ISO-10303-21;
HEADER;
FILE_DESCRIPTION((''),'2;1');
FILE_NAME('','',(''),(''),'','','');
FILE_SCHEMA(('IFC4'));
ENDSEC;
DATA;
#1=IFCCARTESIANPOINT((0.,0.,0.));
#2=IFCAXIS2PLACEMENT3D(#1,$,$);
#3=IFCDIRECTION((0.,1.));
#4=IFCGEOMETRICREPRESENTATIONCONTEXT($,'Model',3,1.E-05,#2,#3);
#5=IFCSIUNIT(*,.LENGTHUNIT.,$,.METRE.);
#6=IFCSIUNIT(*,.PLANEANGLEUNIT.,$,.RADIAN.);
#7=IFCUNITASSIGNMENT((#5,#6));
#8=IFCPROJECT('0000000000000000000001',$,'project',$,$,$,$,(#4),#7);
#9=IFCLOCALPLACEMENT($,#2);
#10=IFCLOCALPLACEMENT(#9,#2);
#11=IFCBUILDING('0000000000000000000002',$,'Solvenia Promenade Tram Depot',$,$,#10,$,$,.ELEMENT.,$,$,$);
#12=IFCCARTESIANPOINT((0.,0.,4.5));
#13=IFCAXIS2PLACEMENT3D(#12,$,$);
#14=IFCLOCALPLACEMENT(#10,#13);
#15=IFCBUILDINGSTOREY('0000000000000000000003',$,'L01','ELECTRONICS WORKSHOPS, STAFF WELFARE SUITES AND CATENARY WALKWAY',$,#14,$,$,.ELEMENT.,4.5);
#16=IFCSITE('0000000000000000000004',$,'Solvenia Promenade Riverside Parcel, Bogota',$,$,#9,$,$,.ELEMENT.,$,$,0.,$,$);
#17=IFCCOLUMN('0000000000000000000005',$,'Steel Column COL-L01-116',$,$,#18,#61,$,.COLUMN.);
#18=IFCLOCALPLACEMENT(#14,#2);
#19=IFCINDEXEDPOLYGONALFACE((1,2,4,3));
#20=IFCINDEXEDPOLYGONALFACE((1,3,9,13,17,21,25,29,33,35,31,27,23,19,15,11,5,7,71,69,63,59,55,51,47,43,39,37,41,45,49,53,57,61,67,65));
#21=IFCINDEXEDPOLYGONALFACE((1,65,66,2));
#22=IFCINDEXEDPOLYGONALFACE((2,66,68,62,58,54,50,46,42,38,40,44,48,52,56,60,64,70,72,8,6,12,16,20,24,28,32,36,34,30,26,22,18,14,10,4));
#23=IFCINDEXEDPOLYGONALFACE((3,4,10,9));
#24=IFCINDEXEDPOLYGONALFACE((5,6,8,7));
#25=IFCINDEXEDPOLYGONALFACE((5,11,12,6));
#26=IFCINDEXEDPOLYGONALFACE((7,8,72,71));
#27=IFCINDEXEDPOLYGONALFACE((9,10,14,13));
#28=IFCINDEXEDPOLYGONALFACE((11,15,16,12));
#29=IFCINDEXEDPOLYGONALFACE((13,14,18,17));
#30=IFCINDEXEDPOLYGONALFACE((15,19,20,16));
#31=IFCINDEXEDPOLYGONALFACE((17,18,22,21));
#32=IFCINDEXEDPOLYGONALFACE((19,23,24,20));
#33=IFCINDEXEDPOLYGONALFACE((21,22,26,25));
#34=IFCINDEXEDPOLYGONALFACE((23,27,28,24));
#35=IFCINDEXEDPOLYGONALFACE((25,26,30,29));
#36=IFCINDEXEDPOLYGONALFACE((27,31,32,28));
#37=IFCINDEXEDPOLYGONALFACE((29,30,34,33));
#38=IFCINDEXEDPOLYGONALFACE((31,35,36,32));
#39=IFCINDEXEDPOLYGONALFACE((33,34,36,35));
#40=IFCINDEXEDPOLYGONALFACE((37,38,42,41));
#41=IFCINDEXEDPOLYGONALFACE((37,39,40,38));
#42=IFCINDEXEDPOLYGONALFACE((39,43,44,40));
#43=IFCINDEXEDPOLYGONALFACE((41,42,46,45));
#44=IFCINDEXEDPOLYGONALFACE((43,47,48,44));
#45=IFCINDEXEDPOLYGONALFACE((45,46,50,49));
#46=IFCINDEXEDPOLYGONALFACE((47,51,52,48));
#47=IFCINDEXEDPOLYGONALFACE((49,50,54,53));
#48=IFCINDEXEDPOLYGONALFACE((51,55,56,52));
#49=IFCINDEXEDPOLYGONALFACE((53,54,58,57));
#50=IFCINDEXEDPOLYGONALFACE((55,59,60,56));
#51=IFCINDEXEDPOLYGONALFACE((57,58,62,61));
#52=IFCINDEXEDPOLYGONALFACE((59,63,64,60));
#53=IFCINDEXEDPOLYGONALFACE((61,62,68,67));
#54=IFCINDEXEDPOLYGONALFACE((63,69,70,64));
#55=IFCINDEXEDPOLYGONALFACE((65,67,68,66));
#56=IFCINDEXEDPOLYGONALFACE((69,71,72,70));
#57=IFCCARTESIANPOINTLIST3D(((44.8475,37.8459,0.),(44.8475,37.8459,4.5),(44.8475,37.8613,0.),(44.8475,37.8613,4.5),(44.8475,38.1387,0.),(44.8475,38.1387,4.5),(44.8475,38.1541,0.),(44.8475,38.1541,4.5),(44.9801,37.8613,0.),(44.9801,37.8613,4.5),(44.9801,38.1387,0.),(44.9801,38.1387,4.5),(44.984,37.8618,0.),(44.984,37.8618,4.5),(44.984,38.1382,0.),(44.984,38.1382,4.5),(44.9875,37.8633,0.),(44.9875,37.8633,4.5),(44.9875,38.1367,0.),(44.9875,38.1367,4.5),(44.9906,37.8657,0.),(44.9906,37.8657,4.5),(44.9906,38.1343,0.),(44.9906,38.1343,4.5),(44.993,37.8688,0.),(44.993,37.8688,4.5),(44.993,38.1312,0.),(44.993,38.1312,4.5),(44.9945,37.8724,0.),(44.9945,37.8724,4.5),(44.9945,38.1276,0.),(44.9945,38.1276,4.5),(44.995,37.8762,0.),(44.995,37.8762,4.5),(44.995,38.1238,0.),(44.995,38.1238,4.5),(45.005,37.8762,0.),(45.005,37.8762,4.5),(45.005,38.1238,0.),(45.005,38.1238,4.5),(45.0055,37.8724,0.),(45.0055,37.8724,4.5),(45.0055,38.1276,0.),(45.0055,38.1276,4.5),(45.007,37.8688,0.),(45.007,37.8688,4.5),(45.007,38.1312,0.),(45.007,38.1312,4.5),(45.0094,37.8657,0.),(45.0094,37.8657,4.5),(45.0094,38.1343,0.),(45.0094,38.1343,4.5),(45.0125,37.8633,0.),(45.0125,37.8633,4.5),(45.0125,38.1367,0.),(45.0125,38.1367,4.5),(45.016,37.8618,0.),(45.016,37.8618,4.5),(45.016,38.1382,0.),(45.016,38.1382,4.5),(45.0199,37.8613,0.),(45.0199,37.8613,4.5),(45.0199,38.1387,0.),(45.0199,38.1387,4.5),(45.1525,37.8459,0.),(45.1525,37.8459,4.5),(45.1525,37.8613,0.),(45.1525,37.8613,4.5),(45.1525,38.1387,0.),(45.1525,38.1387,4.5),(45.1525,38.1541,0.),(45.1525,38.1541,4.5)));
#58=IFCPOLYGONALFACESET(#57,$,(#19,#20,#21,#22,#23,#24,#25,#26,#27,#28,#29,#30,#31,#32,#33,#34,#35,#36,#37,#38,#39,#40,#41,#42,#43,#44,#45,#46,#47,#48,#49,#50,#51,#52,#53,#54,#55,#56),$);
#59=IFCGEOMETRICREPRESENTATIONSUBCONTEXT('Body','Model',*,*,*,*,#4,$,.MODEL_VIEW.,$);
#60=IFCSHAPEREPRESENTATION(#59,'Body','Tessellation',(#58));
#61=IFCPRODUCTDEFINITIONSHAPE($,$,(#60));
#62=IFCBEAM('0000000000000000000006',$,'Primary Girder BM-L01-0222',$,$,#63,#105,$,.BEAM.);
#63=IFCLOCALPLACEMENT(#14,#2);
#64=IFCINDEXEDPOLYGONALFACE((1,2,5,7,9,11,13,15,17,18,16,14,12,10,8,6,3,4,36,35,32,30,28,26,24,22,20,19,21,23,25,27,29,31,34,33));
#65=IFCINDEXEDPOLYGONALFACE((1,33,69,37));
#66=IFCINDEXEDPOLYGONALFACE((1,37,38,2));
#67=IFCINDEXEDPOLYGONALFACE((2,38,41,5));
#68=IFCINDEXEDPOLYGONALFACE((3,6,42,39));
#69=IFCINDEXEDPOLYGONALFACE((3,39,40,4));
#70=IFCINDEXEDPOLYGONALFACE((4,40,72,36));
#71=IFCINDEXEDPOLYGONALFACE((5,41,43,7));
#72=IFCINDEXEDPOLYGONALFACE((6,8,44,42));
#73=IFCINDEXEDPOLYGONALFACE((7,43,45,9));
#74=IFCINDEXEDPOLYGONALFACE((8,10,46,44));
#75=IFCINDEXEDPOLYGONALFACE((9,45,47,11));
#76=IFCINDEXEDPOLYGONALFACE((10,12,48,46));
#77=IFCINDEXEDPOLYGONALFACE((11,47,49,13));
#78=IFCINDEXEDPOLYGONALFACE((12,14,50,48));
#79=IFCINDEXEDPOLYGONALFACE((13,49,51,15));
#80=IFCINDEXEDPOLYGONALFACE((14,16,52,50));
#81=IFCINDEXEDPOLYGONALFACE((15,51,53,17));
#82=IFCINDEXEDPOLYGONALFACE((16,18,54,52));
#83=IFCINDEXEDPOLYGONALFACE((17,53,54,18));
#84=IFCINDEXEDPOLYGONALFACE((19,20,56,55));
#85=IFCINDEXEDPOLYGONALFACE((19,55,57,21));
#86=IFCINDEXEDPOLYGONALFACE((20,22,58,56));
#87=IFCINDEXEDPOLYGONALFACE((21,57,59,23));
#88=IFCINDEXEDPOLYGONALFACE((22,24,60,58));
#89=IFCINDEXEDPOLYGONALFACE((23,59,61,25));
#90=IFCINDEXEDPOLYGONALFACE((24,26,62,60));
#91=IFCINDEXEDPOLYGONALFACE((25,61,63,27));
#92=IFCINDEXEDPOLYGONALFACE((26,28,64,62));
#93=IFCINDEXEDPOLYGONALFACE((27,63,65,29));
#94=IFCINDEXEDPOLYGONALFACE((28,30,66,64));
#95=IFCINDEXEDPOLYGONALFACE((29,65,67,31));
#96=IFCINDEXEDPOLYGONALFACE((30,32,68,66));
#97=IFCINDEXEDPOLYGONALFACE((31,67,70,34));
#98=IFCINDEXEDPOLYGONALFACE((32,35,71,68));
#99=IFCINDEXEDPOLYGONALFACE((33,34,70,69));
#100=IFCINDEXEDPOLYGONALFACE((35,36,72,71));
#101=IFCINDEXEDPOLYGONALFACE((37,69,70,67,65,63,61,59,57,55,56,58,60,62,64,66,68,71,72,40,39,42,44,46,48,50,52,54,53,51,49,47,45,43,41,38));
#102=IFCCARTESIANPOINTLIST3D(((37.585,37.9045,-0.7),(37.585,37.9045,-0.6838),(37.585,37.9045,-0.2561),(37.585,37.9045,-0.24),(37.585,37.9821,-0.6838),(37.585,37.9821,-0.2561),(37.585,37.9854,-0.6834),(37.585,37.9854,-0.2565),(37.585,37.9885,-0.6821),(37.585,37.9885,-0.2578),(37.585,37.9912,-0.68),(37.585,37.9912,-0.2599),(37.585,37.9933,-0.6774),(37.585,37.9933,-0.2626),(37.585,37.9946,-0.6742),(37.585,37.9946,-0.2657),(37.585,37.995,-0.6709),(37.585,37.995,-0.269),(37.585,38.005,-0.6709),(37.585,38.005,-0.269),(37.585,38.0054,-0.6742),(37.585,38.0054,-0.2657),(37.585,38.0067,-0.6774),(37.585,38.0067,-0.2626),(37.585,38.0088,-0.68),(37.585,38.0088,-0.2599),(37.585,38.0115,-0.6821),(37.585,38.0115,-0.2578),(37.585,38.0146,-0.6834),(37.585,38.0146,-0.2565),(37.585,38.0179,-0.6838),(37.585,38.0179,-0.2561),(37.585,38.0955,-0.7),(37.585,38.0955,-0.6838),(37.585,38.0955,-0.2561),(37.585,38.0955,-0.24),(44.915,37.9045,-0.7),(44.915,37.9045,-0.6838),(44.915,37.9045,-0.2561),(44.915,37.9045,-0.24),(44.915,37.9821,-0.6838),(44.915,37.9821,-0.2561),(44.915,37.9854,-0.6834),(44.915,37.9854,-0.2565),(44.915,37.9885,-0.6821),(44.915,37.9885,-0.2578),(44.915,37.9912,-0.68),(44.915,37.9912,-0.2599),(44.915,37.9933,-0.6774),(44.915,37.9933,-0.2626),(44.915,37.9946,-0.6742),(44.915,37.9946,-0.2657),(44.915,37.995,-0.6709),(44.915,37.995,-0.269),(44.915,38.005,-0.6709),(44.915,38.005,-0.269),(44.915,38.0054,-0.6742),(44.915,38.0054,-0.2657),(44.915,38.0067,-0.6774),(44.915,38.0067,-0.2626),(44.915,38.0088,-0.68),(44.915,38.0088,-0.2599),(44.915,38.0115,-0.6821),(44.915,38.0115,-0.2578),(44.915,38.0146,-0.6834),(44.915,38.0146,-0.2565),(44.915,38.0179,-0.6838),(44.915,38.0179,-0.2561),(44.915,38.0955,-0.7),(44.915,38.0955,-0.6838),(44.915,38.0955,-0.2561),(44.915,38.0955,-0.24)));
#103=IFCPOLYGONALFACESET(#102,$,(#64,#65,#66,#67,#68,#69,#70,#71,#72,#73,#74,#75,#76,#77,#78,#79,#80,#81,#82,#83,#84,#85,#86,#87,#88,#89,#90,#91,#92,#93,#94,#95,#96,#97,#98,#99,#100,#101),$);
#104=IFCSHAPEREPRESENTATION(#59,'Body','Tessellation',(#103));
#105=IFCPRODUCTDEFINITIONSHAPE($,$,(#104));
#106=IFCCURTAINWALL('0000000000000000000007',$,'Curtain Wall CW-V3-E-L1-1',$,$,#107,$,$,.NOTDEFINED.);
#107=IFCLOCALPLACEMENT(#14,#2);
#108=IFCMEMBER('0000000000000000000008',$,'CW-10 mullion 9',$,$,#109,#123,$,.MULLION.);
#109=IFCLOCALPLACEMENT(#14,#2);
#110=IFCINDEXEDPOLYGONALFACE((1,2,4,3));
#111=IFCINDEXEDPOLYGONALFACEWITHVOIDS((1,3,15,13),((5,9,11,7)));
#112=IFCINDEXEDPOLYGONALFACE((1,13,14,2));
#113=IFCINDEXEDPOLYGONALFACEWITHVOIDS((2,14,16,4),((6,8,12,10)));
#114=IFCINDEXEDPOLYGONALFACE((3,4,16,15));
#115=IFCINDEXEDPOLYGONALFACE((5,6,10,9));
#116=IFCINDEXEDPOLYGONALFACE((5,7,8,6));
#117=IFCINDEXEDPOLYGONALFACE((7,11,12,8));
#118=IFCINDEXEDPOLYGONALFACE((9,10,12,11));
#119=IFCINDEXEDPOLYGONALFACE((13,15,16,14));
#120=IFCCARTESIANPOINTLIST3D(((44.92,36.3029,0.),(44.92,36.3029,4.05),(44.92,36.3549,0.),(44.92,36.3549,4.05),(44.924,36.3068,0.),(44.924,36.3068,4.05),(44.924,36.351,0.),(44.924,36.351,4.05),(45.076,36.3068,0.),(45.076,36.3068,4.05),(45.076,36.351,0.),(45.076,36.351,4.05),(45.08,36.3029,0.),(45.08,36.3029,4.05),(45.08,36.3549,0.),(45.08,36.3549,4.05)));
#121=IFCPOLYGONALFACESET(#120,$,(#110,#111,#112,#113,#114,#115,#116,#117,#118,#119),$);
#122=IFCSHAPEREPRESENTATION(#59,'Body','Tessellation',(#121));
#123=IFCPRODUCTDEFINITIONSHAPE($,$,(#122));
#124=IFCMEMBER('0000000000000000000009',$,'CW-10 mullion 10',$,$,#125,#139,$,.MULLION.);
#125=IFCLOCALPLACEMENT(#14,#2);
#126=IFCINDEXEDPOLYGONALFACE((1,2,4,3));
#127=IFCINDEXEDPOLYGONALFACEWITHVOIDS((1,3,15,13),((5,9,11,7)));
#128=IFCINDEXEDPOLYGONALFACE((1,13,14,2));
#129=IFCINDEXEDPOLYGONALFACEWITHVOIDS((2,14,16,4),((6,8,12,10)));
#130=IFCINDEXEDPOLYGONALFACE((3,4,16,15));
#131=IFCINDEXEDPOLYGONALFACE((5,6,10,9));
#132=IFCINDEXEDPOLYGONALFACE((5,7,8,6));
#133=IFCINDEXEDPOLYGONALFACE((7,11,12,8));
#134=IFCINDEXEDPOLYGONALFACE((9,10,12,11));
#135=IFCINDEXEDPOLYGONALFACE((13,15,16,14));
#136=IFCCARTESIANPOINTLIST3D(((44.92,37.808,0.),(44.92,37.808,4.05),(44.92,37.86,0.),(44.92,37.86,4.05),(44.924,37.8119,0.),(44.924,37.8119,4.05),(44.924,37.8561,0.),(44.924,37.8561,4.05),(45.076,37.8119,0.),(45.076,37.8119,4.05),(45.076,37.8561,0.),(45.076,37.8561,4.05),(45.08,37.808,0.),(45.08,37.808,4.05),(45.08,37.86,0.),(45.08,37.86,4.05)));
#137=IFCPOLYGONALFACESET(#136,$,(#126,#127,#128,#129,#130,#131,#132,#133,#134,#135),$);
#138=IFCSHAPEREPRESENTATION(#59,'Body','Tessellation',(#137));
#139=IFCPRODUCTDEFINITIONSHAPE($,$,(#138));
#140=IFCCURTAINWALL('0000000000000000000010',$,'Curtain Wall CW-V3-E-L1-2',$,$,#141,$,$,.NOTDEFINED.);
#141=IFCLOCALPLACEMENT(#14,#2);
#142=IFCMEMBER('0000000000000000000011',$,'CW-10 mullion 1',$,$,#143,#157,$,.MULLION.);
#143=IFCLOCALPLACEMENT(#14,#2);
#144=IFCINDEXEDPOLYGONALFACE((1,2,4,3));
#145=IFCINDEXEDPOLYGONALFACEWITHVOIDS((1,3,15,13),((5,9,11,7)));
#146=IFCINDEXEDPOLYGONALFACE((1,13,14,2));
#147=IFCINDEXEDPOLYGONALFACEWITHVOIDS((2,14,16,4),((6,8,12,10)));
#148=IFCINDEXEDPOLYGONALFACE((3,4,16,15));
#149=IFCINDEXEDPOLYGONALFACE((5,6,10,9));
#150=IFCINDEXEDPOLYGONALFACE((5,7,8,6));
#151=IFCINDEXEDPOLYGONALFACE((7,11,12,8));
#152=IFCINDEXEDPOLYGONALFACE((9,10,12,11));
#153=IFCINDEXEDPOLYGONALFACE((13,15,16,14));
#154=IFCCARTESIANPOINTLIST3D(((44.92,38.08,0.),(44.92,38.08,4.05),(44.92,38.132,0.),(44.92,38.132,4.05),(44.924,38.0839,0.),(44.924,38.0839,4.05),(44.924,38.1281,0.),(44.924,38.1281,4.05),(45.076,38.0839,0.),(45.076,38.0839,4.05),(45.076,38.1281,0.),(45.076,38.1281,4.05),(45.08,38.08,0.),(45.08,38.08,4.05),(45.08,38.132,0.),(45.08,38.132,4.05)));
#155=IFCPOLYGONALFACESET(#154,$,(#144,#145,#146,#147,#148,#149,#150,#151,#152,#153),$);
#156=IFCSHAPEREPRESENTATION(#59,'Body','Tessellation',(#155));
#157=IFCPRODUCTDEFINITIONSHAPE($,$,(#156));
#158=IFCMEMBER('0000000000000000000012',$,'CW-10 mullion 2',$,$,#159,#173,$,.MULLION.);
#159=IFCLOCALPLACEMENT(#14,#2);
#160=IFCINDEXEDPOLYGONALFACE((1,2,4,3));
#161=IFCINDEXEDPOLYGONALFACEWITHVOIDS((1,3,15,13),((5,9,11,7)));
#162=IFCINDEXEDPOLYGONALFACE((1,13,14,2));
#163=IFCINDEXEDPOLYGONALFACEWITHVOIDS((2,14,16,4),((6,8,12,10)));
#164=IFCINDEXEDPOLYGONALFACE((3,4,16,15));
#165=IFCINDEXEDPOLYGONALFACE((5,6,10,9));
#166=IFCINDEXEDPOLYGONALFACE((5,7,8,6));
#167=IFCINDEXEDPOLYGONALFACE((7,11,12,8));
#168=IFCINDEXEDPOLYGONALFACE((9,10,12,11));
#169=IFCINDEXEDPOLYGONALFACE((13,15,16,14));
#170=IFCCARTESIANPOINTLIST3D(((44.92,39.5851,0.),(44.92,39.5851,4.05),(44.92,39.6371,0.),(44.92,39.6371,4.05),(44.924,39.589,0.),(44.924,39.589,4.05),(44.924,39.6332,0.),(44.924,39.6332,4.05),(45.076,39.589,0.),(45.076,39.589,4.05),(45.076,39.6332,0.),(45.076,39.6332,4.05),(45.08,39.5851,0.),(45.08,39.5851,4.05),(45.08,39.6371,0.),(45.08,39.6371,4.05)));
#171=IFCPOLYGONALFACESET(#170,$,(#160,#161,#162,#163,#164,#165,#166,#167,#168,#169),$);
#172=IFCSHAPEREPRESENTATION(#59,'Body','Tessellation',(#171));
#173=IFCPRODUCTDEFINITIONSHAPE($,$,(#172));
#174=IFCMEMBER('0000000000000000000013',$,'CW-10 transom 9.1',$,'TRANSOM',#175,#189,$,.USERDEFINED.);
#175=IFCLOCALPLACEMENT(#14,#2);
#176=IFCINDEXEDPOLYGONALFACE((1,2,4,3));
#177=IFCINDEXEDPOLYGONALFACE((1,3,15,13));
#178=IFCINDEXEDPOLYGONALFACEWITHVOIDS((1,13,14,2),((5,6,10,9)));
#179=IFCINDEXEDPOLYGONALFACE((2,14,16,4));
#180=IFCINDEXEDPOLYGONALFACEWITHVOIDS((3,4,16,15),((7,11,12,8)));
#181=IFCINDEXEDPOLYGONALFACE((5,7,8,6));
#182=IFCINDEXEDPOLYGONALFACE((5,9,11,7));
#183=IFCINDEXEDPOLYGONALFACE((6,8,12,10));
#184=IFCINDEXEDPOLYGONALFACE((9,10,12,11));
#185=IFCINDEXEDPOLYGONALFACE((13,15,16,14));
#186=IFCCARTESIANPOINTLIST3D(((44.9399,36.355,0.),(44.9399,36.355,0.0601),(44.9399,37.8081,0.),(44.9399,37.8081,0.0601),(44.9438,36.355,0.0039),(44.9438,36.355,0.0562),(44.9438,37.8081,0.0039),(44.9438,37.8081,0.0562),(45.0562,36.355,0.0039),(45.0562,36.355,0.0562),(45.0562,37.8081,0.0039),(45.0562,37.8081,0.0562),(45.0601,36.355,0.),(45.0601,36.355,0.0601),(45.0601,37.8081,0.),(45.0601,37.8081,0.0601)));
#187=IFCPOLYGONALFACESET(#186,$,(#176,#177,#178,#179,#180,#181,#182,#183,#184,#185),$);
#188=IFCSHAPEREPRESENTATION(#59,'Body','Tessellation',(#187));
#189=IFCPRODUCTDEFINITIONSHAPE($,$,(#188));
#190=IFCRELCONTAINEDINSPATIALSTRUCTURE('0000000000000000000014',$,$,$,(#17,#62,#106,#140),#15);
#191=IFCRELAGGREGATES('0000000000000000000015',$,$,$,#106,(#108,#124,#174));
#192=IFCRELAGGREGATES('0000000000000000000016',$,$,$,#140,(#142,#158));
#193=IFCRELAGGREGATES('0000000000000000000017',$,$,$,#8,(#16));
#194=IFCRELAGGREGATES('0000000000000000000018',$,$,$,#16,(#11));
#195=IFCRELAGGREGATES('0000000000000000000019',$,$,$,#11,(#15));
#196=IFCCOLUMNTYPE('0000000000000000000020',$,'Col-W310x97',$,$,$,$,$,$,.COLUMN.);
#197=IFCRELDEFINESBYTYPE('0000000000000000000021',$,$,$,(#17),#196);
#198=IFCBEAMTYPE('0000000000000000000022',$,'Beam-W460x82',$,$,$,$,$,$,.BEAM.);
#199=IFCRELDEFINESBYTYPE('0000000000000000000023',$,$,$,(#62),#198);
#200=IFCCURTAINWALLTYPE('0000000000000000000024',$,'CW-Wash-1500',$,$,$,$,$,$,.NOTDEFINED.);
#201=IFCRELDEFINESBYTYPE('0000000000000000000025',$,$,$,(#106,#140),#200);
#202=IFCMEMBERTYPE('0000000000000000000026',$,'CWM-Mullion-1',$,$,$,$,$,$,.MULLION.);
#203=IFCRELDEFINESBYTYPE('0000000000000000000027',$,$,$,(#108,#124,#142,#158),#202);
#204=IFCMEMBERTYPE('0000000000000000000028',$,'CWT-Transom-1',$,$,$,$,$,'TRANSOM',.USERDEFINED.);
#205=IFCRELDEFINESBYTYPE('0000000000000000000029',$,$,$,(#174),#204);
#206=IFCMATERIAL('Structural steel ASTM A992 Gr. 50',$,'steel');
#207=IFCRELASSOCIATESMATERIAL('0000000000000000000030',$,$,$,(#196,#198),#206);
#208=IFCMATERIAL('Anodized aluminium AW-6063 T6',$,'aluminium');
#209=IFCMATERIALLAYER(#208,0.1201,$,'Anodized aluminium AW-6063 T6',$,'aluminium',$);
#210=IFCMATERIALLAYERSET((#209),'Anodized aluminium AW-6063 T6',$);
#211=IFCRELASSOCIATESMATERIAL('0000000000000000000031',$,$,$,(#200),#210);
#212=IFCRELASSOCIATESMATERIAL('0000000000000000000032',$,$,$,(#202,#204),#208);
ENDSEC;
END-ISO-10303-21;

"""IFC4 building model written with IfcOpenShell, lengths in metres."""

from ifc_helpers import new_model, si_unit, direction, frame, origin, origin_2d, place, context, subcontext, project, spatial, hollow_rectangle, i_section, extrude, material, layer, layer_set, material_profile, profile_set, type_object, element, aggregate, save


model = new_model("IFC4")

# Units and contexts
model_context = context("Model", 3, precision=1e-05, world=origin(), true_north=direction((0.0, 1.0)))
body_context = subcontext(model_context, "Body", "Model", "MODEL_VIEW")
ifc_project = project(units=[si_unit("LENGTHUNIT", "METRE"), si_unit("PLANEANGLEUNIT", "RADIAN")], contexts=[model_context])

# Site, building, storey
site_placement = place(None, origin())
site = spatial("IfcSite", under=ifc_project, at=site_placement, Name="Solvenia Promenade Riverside Parcel, Bogota", CompositionType="ELEMENT", RefElevation=0.0)
building_placement = place(site_placement, origin())
building = spatial("IfcBuilding", under=site, at=building_placement, Name="Solvenia Promenade Tram Depot", CompositionType="ELEMENT")
storey_placement = place(building_placement, frame((0.0, 0.0, 4.5)))
storey = spatial("IfcBuildingStorey", under=building, at=storey_placement, Name="L01", Description="ELECTRONICS WORKSHOPS, STAFF WELFARE SUITES AND CATENARY WALKWAY", CompositionType="ELEMENT", Elevation=4.5)

# Column
ifc_material_1 = material(Name="Structural steel ASTM A992 Gr. 50", Category="steel")
ifc_material_profile_1 = material_profile(ifc_material_1, i_section(OverallWidth=0.3049, OverallDepth=0.3081, WebThickness=0.01, FlangeThickness=0.0154, FilletRadius=0.0149, at=origin_2d()), Name="W310x97", Category="steel")
ifc_profile_set_1 = profile_set([ifc_material_profile_1], Name="Structural steel ASTM A992 Gr. 50")
column_type = type_object("IfcColumnType", Name="Col-W310x97", PredefinedType="COLUMN", material=ifc_profile_set_1)
column_placement = place(storey_placement, frame((45.0, 38.0, 0.0), z_axis=(0.0, 0.0, 1.0), x_axis=(1.0, 0.0, 0.0)))
element("IfcColumn", 1, at=column_placement, inside=storey, type_object=column_type, Name="Steel Column COL-L01-116", PredefinedType="COLUMN", context=body_context, shape_type="SweptSolid", body=[
    extrude(i_section(OverallWidth=0.3049, OverallDepth=0.3081, WebThickness=0.01, FlangeThickness=0.0154, FilletRadius=0.0149, at=origin_2d()), origin(), (0.0, 0.0, 1.0), 4.5),
])

# Beam
ifc_material_profile_2 = material_profile(ifc_material_1, i_section(OverallWidth=0.1909, OverallDepth=0.46, WebThickness=0.01, FlangeThickness=0.0161, FilletRadius=0.0129, at=origin_2d()), Name="W460x82", Category="steel")
ifc_profile_set_2 = profile_set([ifc_material_profile_2], Name="Structural steel ASTM A992 Gr. 50")
beam_type_1 = type_object("IfcBeamType", Name="Beam-W460x82", PredefinedType="BEAM", material=ifc_profile_set_2)
beam_placement = place(storey_placement, frame((37.585, 38.0, -0.47), z_axis=(1.0, 0.0, 0.0), x_axis=(0.0, 1.0, 0.0)))
element("IfcBeam", 2, at=beam_placement, inside=storey, type_object=beam_type_1, Name="Primary Girder BM-L01-0222", PredefinedType="BEAM", context=body_context, shape_type="SweptSolid", body=[
    extrude(i_section(OverallWidth=0.1909, OverallDepth=0.46, WebThickness=0.01, FlangeThickness=0.0161, FilletRadius=0.0129, at=origin_2d()), origin(), (0.0, 0.0, 1.0), 7.3301),
])

# Curtain walls, members
ifc_material_2 = material(Name="Anodized aluminium AW-6063 T6", Category="aluminium")
ifc_layer_1 = layer(ifc_material_2, 0.1201, Name="Anodized aluminium AW-6063 T6", Category="aluminium")
ifc_layer_set_1 = layer_set([ifc_layer_1], Name="Anodized aluminium AW-6063 T6")
curtain_wall_type = type_object("IfcCurtainWallType", Name="CW-Wash-1500", PredefinedType="NOTDEFINED", material=ifc_layer_set_1)
curtain_wall_1_placement = place(storey_placement, origin())
curtain_wall_1 = element("IfcCurtainWall", 3, at=curtain_wall_1_placement, inside=storey, type_object=curtain_wall_type, Name="Curtain Wall CW-V3-E-L1-1", PredefinedType="NOTDEFINED")
ifc_material_profile_3 = material_profile(ifc_material_2, hollow_rectangle(XDim=0.1599, YDim=0.052, WallThickness=0.0039, at=origin_2d()), Name="ALU-M1", Category="aluminium")
ifc_profile_set_3 = profile_set([ifc_material_profile_3], Name="Anodized aluminium AW-6063 T6")
member_type_1 = type_object("IfcMemberType", Name="CWM-Mullion-1", PredefinedType="MULLION", material=ifc_profile_set_3)
member_1_placement = place(storey_placement, frame((45.0, 36.3289, 0.0), z_axis=(0.0, 0.0, 1.0), x_axis=(-1.0, 0.0, 0.0)))
member_1 = element("IfcMember", 4, at=member_1_placement, type_object=member_type_1, Name="CW-10 mullion 9", PredefinedType="MULLION", context=body_context, shape_type="SweptSolid", body=[
    extrude(hollow_rectangle(XDim=0.1599, YDim=0.052, WallThickness=0.0039, at=origin_2d()), origin(), (0.0, 0.0, 1.0), 4.05),
])
member_2_placement = place(storey_placement, frame((45.0, 37.834, 0.0), z_axis=(0.0, 0.0, 1.0), x_axis=(-1.0, 0.0, 0.0)))
member_2 = element("IfcMember", 5, at=member_2_placement, type_object=member_type_1, Name="CW-10 mullion 10", PredefinedType="MULLION", context=body_context, shape_type="SweptSolid", body=[
    extrude(hollow_rectangle(XDim=0.1599, YDim=0.052, WallThickness=0.0039, at=origin_2d()), origin(), (0.0, 0.0, 1.0), 4.05),
])
curtain_wall_2_placement = place(storey_placement, origin())
curtain_wall_2 = element("IfcCurtainWall", 6, at=curtain_wall_2_placement, inside=storey, type_object=curtain_wall_type, Name="Curtain Wall CW-V3-E-L1-2", PredefinedType="NOTDEFINED")
member_3_placement = place(storey_placement, frame((45.0, 38.106, 0.0), z_axis=(0.0, 0.0, 1.0), x_axis=(-1.0, 0.0, 0.0)))
member_3 = element("IfcMember", 7, at=member_3_placement, type_object=member_type_1, Name="CW-10 mullion 1", PredefinedType="MULLION", context=body_context, shape_type="SweptSolid", body=[
    extrude(hollow_rectangle(XDim=0.1599, YDim=0.052, WallThickness=0.0039, at=origin_2d()), origin(), (0.0, 0.0, 1.0), 4.05),
])
member_4_placement = place(storey_placement, frame((45.0, 39.6111, 0.0), z_axis=(0.0, 0.0, 1.0), x_axis=(-1.0, 0.0, 0.0)))
member_4 = element("IfcMember", 8, at=member_4_placement, type_object=member_type_1, Name="CW-10 mullion 2", PredefinedType="MULLION", context=body_context, shape_type="SweptSolid", body=[
    extrude(hollow_rectangle(XDim=0.1599, YDim=0.052, WallThickness=0.0039, at=origin_2d()), origin(), (0.0, 0.0, 1.0), 4.05),
])

# Member
ifc_material_profile_4 = material_profile(ifc_material_2, hollow_rectangle(XDim=0.1201, YDim=0.0601, WallThickness=0.0039, at=origin_2d()), Name="ALU-T1", Category="aluminium")
ifc_profile_set_4 = profile_set([ifc_material_profile_4], Name="Anodized aluminium AW-6063 T6")
member_type_2 = type_object("IfcMemberType", Name="CWT-Transom-1", ElementType="TRANSOM", PredefinedType="USERDEFINED", material=ifc_profile_set_4)
member_5_placement = place(storey_placement, frame((45.0, 36.355, 0.03), z_axis=(0.0, 1.0, 0.0), x_axis=(-1.0, 0.0, 0.0)))
member_5 = element("IfcMember", 9, at=member_5_placement, type_object=member_type_2, Name="CW-10 transom 9.1", ObjectType="TRANSOM", PredefinedType="USERDEFINED", context=body_context, shape_type="SweptSolid", body=[
    extrude(hollow_rectangle(XDim=0.1201, YDim=0.0601, WallThickness=0.0039, at=origin_2d()), origin(), (0.0, 0.0, 1.0), 1.4531),
])

aggregate(curtain_wall_1, [member_1, member_2, member_5])
aggregate(curtain_wall_2, [member_3, member_4])

save(model, "model.ifc")
